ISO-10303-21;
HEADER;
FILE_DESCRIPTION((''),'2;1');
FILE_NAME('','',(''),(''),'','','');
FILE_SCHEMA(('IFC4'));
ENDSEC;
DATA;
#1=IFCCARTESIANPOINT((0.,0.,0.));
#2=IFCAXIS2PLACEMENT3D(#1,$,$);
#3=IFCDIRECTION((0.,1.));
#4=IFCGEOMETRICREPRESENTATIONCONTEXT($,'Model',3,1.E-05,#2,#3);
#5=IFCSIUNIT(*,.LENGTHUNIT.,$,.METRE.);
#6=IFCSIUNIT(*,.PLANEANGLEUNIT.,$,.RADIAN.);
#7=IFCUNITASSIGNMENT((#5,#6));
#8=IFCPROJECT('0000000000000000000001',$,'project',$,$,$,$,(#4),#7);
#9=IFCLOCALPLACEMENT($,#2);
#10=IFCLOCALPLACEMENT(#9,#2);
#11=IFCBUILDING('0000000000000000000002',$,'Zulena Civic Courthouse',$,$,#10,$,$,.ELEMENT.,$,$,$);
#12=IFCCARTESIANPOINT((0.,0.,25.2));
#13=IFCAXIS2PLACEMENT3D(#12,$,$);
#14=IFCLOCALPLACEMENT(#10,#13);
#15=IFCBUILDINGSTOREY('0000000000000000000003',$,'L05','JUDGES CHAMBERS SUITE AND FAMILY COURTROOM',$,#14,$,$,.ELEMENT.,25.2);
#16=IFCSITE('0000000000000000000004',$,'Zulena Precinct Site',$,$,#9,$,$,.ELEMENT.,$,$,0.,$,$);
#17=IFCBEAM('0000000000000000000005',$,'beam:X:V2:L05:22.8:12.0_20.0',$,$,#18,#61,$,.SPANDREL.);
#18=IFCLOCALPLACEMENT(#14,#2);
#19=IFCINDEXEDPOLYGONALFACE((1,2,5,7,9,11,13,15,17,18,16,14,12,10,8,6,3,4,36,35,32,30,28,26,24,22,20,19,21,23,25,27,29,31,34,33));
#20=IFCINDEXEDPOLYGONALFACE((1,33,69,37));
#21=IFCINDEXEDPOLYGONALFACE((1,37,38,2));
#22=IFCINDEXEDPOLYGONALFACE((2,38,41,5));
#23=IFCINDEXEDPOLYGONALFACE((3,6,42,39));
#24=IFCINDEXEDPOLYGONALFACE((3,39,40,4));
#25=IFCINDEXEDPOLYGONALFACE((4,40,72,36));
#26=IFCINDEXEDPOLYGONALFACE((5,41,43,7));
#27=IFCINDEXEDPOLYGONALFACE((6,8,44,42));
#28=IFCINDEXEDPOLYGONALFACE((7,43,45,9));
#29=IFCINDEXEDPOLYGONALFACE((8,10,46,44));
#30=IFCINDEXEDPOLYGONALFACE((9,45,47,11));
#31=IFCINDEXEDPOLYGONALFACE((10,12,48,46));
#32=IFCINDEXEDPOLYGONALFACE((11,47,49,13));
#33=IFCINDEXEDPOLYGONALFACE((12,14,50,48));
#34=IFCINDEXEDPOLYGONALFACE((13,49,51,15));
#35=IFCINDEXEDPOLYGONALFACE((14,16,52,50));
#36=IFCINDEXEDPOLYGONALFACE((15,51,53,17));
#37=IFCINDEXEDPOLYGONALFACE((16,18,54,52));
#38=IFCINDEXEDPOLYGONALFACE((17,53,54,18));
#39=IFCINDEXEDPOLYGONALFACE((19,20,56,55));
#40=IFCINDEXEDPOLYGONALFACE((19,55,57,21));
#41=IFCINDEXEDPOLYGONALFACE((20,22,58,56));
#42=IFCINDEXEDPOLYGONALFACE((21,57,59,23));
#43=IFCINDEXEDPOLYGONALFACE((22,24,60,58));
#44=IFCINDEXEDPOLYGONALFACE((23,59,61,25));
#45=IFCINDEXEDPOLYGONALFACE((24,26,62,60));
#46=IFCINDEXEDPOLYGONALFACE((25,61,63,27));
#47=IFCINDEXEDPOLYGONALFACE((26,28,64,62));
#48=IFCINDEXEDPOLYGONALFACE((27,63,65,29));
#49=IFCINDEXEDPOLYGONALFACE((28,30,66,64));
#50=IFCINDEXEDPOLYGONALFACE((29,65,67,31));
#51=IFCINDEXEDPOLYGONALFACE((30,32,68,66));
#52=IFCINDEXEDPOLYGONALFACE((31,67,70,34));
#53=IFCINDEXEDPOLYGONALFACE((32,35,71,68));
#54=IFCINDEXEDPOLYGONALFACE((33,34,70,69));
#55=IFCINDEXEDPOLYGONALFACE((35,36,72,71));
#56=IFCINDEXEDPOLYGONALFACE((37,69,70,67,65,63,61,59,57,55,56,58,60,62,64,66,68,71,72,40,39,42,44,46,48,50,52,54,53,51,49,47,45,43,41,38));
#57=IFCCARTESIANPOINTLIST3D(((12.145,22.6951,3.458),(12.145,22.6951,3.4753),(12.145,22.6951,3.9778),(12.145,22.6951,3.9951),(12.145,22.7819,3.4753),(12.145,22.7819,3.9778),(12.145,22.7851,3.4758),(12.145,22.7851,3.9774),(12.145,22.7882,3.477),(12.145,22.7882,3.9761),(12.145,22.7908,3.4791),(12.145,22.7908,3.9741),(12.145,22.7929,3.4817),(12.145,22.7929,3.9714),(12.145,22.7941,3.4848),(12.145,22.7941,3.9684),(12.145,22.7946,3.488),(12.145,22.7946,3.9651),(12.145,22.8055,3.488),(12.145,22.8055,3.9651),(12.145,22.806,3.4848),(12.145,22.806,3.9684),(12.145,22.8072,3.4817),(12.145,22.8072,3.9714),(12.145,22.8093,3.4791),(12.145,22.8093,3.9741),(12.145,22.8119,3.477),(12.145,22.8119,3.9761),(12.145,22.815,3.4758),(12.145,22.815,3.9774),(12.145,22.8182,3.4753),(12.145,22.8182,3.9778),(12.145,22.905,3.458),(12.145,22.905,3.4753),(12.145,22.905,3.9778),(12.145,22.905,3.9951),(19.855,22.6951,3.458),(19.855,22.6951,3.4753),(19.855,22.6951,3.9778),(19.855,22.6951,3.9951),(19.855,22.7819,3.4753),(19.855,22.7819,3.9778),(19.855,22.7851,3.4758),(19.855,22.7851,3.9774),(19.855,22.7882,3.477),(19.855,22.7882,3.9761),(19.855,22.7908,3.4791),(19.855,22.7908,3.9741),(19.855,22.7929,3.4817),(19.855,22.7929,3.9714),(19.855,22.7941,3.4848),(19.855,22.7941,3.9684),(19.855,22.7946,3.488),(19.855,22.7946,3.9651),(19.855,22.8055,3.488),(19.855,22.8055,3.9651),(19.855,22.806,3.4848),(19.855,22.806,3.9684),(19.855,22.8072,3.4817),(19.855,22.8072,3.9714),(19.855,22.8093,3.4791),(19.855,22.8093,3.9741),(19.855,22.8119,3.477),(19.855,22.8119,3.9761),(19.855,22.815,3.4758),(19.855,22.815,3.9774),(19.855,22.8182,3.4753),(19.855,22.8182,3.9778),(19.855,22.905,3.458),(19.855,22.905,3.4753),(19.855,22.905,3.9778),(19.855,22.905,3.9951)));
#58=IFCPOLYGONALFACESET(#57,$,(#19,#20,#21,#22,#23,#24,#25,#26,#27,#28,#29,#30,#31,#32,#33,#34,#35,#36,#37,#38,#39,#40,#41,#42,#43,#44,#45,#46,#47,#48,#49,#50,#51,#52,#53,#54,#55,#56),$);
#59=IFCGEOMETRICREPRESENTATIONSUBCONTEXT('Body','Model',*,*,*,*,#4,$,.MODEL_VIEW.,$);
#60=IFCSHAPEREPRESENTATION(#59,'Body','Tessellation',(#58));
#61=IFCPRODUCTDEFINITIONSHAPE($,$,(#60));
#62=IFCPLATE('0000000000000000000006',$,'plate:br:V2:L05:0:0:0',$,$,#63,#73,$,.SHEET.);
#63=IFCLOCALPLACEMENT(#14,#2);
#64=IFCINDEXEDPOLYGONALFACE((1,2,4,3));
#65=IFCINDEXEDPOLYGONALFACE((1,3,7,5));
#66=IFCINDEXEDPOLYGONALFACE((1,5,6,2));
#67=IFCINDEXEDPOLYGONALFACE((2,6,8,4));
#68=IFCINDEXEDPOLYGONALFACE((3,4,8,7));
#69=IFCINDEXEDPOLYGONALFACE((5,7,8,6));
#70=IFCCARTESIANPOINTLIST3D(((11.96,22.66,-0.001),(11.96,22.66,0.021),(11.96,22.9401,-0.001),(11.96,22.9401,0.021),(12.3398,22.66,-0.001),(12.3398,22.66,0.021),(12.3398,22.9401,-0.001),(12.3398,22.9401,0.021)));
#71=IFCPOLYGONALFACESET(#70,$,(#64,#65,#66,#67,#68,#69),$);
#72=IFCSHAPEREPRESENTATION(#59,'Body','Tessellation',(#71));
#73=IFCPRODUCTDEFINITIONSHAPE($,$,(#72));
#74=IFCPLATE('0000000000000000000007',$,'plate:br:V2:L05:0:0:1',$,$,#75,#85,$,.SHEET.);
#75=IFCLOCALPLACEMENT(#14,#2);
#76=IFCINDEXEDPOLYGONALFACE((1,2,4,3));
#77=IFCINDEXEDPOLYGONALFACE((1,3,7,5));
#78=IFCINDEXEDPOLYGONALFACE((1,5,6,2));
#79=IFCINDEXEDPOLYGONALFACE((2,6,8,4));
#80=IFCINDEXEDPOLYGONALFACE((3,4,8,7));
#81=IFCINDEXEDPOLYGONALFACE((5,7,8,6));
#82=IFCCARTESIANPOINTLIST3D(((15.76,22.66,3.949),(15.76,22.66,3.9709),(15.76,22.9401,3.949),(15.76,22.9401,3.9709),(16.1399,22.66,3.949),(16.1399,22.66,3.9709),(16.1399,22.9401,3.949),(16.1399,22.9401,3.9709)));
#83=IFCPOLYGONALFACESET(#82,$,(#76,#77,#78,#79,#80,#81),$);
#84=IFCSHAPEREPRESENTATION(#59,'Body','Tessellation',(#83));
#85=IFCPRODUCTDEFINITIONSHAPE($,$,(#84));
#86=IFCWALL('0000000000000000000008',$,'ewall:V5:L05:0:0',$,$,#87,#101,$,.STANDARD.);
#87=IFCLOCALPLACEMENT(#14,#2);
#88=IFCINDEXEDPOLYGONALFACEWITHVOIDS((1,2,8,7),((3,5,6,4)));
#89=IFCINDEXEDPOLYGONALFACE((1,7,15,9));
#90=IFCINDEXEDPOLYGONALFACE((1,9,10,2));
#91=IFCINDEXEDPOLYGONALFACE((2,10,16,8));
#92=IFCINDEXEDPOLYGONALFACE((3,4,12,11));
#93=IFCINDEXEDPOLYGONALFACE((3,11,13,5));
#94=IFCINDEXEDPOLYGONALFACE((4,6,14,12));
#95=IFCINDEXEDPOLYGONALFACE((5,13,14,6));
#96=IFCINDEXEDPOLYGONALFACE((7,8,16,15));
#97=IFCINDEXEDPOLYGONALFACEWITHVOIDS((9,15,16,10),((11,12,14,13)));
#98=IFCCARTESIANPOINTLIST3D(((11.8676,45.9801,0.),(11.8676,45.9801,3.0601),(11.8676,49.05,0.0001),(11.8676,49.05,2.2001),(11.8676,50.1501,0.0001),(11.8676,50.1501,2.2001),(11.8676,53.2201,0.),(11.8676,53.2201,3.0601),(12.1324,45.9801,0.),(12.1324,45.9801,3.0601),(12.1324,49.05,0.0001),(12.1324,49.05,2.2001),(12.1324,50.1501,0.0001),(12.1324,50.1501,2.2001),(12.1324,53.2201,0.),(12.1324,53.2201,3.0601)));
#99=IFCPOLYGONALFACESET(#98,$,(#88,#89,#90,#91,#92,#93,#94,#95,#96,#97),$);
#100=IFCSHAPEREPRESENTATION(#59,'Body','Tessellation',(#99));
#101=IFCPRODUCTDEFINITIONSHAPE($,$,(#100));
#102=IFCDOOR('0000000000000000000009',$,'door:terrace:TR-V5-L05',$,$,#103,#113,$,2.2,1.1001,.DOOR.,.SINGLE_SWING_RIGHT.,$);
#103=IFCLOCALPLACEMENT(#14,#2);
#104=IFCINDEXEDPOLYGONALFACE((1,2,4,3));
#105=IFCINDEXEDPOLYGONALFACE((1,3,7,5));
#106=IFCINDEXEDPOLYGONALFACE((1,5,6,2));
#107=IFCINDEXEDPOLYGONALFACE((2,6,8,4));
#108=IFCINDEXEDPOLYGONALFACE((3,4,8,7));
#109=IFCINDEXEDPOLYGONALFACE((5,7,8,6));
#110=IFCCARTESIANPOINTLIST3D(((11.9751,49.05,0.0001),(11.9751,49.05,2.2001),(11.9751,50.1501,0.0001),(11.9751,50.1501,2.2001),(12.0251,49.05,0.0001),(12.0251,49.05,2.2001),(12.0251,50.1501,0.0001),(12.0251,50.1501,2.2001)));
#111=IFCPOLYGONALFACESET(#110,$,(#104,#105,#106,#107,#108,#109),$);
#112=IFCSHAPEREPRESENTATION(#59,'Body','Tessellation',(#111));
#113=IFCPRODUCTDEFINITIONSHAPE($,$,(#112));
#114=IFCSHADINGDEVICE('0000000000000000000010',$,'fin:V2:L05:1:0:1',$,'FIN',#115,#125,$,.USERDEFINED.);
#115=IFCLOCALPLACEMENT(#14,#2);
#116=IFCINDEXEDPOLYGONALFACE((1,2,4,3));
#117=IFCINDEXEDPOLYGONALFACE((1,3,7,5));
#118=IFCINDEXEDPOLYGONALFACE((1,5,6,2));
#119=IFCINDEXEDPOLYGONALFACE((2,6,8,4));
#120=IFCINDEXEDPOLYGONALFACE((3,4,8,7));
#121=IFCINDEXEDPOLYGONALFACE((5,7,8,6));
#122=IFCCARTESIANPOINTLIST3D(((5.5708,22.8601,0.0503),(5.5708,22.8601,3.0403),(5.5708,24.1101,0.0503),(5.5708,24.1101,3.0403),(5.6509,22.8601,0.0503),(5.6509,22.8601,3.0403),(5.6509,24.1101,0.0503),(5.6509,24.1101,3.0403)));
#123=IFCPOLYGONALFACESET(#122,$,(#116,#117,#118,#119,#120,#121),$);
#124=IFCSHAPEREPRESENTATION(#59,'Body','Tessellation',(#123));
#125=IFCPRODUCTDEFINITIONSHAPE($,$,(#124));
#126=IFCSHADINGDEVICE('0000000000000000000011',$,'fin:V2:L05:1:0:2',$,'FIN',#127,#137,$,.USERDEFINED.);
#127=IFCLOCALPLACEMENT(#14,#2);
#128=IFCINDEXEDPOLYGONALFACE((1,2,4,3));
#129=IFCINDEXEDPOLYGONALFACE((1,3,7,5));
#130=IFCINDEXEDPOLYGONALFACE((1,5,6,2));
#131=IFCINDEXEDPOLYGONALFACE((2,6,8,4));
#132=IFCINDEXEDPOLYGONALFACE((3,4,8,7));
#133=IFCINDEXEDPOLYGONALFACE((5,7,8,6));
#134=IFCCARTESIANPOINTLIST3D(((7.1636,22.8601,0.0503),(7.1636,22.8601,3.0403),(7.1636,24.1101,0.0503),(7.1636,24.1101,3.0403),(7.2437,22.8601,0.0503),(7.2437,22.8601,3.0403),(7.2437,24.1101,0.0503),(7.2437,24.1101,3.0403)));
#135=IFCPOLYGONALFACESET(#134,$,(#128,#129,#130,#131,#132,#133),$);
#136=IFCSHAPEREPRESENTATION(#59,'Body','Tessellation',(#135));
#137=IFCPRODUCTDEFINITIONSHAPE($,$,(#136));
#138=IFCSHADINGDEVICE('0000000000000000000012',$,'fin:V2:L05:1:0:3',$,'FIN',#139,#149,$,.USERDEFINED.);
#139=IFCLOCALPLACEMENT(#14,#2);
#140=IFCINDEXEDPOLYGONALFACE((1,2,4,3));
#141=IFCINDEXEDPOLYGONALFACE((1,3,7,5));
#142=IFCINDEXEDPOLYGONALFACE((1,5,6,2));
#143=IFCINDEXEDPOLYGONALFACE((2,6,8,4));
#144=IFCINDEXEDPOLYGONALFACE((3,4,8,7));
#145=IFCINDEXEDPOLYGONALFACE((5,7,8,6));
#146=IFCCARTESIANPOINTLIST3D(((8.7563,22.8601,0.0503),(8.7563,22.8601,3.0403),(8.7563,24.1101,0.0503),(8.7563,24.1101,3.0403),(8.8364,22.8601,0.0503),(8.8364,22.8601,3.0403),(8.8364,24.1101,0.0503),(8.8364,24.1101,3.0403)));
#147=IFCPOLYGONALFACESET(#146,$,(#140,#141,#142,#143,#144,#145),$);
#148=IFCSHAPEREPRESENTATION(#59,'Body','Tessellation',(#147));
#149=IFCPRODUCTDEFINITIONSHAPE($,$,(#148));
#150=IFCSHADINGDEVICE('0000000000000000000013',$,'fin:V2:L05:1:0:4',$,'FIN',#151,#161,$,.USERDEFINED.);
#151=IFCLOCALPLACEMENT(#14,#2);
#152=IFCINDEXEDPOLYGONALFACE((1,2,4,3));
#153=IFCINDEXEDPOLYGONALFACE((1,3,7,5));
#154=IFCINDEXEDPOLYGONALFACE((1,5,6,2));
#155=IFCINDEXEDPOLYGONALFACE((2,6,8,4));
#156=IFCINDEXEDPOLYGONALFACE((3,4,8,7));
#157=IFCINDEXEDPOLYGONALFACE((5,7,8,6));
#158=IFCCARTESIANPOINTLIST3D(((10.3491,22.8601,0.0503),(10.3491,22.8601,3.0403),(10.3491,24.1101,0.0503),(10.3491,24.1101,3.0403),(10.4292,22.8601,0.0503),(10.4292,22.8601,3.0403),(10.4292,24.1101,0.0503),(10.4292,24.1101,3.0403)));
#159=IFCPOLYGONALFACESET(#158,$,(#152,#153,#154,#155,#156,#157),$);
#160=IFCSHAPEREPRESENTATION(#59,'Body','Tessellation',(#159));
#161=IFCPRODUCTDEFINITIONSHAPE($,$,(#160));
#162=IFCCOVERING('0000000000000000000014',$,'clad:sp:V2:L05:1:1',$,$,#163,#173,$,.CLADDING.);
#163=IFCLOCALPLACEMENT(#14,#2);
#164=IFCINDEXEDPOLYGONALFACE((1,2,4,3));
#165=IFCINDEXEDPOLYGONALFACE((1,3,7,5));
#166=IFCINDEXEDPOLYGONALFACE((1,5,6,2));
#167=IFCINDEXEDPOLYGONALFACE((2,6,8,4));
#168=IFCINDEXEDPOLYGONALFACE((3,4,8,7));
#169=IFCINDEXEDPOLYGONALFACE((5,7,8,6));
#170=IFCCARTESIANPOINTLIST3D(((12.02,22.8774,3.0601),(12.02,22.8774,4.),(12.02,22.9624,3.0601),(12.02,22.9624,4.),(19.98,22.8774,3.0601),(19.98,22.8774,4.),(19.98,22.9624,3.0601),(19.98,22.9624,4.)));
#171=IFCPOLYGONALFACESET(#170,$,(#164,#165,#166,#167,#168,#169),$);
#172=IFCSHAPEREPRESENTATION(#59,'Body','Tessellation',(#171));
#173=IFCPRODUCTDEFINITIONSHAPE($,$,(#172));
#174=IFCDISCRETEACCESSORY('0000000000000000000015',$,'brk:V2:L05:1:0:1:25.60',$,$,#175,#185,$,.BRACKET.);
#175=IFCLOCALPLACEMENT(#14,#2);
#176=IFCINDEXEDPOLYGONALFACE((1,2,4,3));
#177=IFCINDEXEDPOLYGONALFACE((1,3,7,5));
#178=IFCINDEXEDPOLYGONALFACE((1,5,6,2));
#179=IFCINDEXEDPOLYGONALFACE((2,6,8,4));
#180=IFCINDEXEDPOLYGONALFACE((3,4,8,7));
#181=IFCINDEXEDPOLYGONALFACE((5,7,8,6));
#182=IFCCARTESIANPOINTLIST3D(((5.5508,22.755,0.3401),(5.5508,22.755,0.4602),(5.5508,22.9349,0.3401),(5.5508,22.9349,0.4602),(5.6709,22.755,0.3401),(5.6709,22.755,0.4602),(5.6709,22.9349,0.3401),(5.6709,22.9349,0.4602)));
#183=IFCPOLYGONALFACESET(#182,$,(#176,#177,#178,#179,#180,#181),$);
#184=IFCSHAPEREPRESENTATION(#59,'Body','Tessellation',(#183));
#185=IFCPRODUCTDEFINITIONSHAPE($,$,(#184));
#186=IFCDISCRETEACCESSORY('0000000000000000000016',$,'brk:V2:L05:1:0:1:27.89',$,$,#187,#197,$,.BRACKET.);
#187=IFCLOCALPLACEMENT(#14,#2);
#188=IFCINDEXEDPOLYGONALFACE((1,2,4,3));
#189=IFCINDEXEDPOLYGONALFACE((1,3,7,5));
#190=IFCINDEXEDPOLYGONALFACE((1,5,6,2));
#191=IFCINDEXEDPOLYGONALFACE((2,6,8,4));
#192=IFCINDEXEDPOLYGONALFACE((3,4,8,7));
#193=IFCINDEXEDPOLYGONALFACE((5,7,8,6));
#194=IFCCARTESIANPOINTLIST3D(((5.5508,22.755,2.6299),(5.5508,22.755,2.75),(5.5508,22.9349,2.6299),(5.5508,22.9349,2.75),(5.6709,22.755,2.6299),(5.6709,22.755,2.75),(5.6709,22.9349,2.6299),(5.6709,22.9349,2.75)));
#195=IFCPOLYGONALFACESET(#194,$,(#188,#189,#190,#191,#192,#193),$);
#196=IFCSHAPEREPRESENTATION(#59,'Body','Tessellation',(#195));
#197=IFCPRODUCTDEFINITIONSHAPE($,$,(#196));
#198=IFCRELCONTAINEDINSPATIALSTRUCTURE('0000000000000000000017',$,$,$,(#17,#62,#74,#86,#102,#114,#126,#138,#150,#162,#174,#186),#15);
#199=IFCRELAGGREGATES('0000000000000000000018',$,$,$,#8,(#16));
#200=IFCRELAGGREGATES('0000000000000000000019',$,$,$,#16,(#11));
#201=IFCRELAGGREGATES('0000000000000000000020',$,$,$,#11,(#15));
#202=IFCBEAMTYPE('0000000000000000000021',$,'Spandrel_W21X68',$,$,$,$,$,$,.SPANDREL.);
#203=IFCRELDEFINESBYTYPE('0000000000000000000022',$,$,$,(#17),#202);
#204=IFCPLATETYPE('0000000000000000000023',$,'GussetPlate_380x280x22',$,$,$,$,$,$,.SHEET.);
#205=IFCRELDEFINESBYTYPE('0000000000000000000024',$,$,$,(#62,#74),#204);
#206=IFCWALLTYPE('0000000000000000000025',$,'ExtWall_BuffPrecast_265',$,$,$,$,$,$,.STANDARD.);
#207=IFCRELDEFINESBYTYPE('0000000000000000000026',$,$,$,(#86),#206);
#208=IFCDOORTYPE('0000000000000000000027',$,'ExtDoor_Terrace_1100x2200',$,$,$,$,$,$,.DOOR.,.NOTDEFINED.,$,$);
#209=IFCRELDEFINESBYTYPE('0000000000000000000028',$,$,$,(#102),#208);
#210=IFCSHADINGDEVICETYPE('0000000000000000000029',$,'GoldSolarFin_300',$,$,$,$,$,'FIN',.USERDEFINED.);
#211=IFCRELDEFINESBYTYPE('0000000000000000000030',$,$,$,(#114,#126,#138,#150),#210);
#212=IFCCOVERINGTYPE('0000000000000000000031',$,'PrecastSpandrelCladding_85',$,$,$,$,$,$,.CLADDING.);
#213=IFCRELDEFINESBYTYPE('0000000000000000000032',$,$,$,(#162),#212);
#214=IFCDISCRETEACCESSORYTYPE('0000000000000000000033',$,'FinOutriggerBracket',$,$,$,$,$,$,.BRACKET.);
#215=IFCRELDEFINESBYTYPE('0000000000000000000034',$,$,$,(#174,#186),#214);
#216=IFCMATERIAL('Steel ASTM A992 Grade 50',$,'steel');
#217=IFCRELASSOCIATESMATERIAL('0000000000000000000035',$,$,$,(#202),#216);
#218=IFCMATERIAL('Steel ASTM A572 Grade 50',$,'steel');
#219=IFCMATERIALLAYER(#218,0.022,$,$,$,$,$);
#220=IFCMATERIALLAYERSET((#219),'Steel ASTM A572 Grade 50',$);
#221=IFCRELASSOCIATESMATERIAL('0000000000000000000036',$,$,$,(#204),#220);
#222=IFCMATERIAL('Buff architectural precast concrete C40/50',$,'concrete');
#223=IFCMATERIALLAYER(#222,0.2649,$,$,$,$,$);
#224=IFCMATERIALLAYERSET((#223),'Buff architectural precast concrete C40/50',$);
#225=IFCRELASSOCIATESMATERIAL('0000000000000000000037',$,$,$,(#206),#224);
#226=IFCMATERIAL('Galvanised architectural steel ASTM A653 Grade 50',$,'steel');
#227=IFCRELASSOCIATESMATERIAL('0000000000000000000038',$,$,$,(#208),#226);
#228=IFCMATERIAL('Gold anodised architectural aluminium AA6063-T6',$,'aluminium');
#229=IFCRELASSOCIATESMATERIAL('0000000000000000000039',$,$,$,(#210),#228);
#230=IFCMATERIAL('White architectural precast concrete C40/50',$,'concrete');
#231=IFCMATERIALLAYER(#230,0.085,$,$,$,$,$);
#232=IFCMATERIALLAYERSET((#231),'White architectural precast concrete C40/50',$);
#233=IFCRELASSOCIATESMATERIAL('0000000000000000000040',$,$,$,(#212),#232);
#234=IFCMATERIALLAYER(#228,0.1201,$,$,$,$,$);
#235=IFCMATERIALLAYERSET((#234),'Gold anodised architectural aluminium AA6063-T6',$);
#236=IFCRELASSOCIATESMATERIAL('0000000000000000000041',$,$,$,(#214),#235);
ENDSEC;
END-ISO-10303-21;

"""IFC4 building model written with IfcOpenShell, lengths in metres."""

from ifc_helpers import new_model, si_unit, direction, frame, frame_2d, origin, origin_2d, place, context, subcontext, project, spatial, rectangle, i_section, extrude, material, layer, layer_set, material_profile, profile_set, type_object, element, fill, save


model = new_model("IFC4")

# Units and contexts
model_context = context("Model", 3, precision=1e-05, world=origin(), true_north=direction((0.0, 1.0)))
body_context = subcontext(model_context, "Body", "Model", "MODEL_VIEW")
ifc_project = project(units=[si_unit("LENGTHUNIT", "METRE"), si_unit("PLANEANGLEUNIT", "RADIAN")], contexts=[model_context])

# Site, building, storey
site_placement = place(None, origin())
site = spatial("IfcSite", under=ifc_project, at=site_placement, Name="Zulena Precinct Site", CompositionType="ELEMENT", RefElevation=0.0)
building_placement = place(site_placement, origin())
building = spatial("IfcBuilding", under=site, at=building_placement, Name="Zulena Civic Courthouse", CompositionType="ELEMENT")
storey_placement = place(building_placement, frame((0.0, 0.0, 25.2)))
storey = spatial("IfcBuildingStorey", under=building, at=storey_placement, Name="L05", Description="JUDGES CHAMBERS SUITE AND FAMILY COURTROOM", CompositionType="ELEMENT", Elevation=25.2)

# Shared definitions
ifc_material_1 = material(Name="Steel ASTM A992 Grade 50", Category="steel")

# Beam
ifc_material_profile_1 = material_profile(ifc_material_1, i_section(OverallWidth=0.21, OverallDepth=0.5371, WebThickness=0.011, FlangeThickness=0.0173, FilletRadius=0.0127, at=origin_2d()), Name="W21X68")
ifc_profile_set_1 = profile_set([ifc_material_profile_1], Name="Steel ASTM A992 Grade 50")
beam_type_1 = type_object("IfcBeamType", Name="Spandrel_W21X68", PredefinedType="SPANDREL", material=ifc_profile_set_1)
beam_1_placement = place(storey_placement, frame((12.145, 22.8, 3.7266), z_axis=(1.0, 0.0, 0.0), x_axis=(0.0, 1.0, 0.0)))
element("IfcBeam", 1, at=beam_1_placement, inside=storey, type_object=beam_type_1, Name="beam:X:V2:L05:22.8:12.0_20.0", PredefinedType="SPANDREL", context=body_context, shape_type="SweptSolid", body=[
    extrude(i_section(OverallWidth=0.21, OverallDepth=0.5371, WebThickness=0.011, FlangeThickness=0.0173, FilletRadius=0.0127, at=origin_2d()), origin(), (0.0, 0.0, 1.0), 7.71),
])

# Plates
ifc_material_2 = material(Name="Steel ASTM A572 Grade 50", Category="steel")
ifc_layer_1 = layer(ifc_material_2, 0.022)
ifc_layer_set_1 = layer_set([ifc_layer_1], Name="Steel ASTM A572 Grade 50")
plate_type = type_object("IfcPlateType", Name="GussetPlate_380x280x22", PredefinedType="SHEET", material=ifc_layer_set_1)
for number, where, z_axis, x_axis, name in (
    (2, (12.1499, 22.8, -0.001), (0.0, 0.0, 1.0), (1.0, 0.0, 0.0), "plate:br:V2:L05:0:0:0"),
    (3, (15.95, 22.8, 3.949), (0.0, 0.0, 1.0), (1.0, 0.0, 0.0), "plate:br:V2:L05:0:0:1"),
):
    element("IfcPlate", number, at=place(storey_placement, frame(where, z_axis=z_axis, x_axis=x_axis)), inside=storey, type_object=plate_type, Name=name, PredefinedType="SHEET", context=body_context, shape_type="SweptSolid", body=[
        extrude(rectangle(XDim=0.3799, YDim=0.28, at=origin_2d()), origin(), (0.0, 0.0, 1.0), 0.022),
    ])

# Wall, opening, door
ifc_material_3 = material(Name="Buff architectural precast concrete C40/50", Category="concrete")
ifc_layer_2 = layer(ifc_material_3, 0.2649)
ifc_layer_set_2 = layer_set([ifc_layer_2], Name="Buff architectural precast concrete C40/50")
wall_type = type_object("IfcWallType", Name="ExtWall_BuffPrecast_265", PredefinedType="STANDARD", material=ifc_layer_set_2)
wall_placement = place(storey_placement, frame((12.0, 45.98, 0.0), z_axis=(0.0, 0.0, 1.0), x_axis=(0.0, 1.0, 0.0)))
wall = element("IfcWall", 4, at=wall_placement, inside=storey, type_object=wall_type, Name="ewall:V5:L05:0:0", PredefinedType="STANDARD", context=body_context, shape_type="SweptSolid", body=[
    extrude(rectangle(XDim=7.24, YDim=0.2649, at=frame_2d((3.6201, 0.0))), origin(), (0.0, 0.0, 1.0), 3.0601),
])
opening_placement = place(wall_placement, frame((3.0701, 0.0, 0.0)))
opening = element("IfcOpeningElement", 5, at=opening_placement, cuts=wall, PredefinedType="OPENING", context=body_context, shape_type="SweptSolid", body=[
    extrude(rectangle(XDim=1.1001, YDim=2.2, at=frame_2d((0.55, 1.1001))), frame((0.0, 0.1423, 0.0), z_axis=(0.0, -1.0, 0.0), x_axis=(1.0, 0.0, 0.0)), (0.0, 0.0, 1.0), 0.2849),
])
ifc_material_4 = material(Name="Galvanised architectural steel ASTM A653 Grade 50", Category="steel")
door_type = type_object("IfcDoorType", Name="ExtDoor_Terrace_1100x2200", OperationType="NOTDEFINED", PredefinedType="DOOR", material=ifc_material_4)
door_placement = place(opening_placement, origin())
door = element("IfcDoor", 6, at=door_placement, inside=storey, type_object=door_type, Name="door:terrace:TR-V5-L05", OperationType="SINGLE_SWING_RIGHT", OverallHeight=2.2, OverallWidth=1.1001, PredefinedType="DOOR", context=body_context, shape_type="SweptSolid", body=[
    extrude(rectangle(XDim=1.1001, YDim=2.2, at=frame_2d((0.55, 1.1001))), frame((0.0, 0.0249, 0.0), z_axis=(0.0, -1.0, 0.0), x_axis=(1.0, 0.0, 0.0)), (0.0, 0.0, 1.0), 0.05),
])
fill(opening, door)

# Shading devices
ifc_material_5 = material(Name="Gold anodised architectural aluminium AA6063-T6", Category="aluminium")
shading_device_type = type_object("IfcShadingDeviceType", Name="GoldSolarFin_300", ElementType="FIN", PredefinedType="USERDEFINED", material=ifc_material_5)
for number, where, z_axis, x_axis, name in (
    (7, (5.6108, 23.4851, 0.0503), (0.0, 0.0, 1.0), (0.0, 1.0, 0.0), "fin:V2:L05:1:0:1"),
    (8, (7.2036, 23.4851, 0.0503), (0.0, 0.0, 1.0), (0.0, 1.0, 0.0), "fin:V2:L05:1:0:2"),
    (9, (8.7964, 23.4851, 0.0503), (0.0, 0.0, 1.0), (0.0, 1.0, 0.0), "fin:V2:L05:1:0:3"),
    (10, (10.3892, 23.4851, 0.0503), (0.0, 0.0, 1.0), (0.0, 1.0, 0.0), "fin:V2:L05:1:0:4"),
):
    element("IfcShadingDevice", number, at=place(storey_placement, frame(where, z_axis=z_axis, x_axis=x_axis)), inside=storey, type_object=shading_device_type, Name=name, ObjectType="FIN", PredefinedType="USERDEFINED", context=body_context, shape_type="SweptSolid", body=[
        extrude(rectangle(XDim=1.25, YDim=0.0801, at=origin_2d()), origin(), (0.0, 0.0, 1.0), 2.99),
    ])

# Covering
ifc_material_6 = material(Name="White architectural precast concrete C40/50", Category="concrete")
ifc_layer_3 = layer(ifc_material_6, 0.085)
ifc_layer_set_3 = layer_set([ifc_layer_3], Name="White architectural precast concrete C40/50")
covering_type = type_object("IfcCoveringType", Name="PrecastSpandrelCladding_85", PredefinedType="CLADDING", material=ifc_layer_set_3)
covering_placement = place(storey_placement, frame((16.0, 22.9199, 3.0601), z_axis=(0.0, 0.0, 1.0), x_axis=(1.0, 0.0, 0.0)))
element("IfcCovering", 11, at=covering_placement, inside=storey, type_object=covering_type, Name="clad:sp:V2:L05:1:1", PredefinedType="CLADDING", context=body_context, shape_type="SweptSolid", body=[
    extrude(rectangle(XDim=7.96, YDim=0.085, at=origin_2d()), origin(), (0.0, 0.0, 1.0), 0.9399),
])

# Discrete accessories
ifc_layer_4 = layer(ifc_material_5, 0.1201)
ifc_layer_set_4 = layer_set([ifc_layer_4], Name="Gold anodised architectural aluminium AA6063-T6")
discrete_accessory_type = type_object("IfcDiscreteAccessoryType", Name="FinOutriggerBracket", PredefinedType="BRACKET", material=ifc_layer_set_4)
for number, where, z_axis, x_axis, name in (
    (12, (5.6108, 22.845, 0.3401), (0.0, 0.0, 1.0), (0.0, 1.0, 0.0), "brk:V2:L05:1:0:1:25.60"),
    (13, (5.6108, 22.845, 2.6299), (0.0, 0.0, 1.0), (0.0, 1.0, 0.0), "brk:V2:L05:1:0:1:27.89"),
):
    element("IfcDiscreteAccessory", number, at=place(storey_placement, frame(where, z_axis=z_axis, x_axis=x_axis)), inside=storey, type_object=discrete_accessory_type, Name=name, PredefinedType="BRACKET", context=body_context, shape_type="SweptSolid", body=[
        extrude(rectangle(XDim=0.1799, YDim=0.1201, at=origin_2d()), origin(), (0.0, 0.0, 1.0), 0.1201),
    ])

save(model, "model.ifc")
